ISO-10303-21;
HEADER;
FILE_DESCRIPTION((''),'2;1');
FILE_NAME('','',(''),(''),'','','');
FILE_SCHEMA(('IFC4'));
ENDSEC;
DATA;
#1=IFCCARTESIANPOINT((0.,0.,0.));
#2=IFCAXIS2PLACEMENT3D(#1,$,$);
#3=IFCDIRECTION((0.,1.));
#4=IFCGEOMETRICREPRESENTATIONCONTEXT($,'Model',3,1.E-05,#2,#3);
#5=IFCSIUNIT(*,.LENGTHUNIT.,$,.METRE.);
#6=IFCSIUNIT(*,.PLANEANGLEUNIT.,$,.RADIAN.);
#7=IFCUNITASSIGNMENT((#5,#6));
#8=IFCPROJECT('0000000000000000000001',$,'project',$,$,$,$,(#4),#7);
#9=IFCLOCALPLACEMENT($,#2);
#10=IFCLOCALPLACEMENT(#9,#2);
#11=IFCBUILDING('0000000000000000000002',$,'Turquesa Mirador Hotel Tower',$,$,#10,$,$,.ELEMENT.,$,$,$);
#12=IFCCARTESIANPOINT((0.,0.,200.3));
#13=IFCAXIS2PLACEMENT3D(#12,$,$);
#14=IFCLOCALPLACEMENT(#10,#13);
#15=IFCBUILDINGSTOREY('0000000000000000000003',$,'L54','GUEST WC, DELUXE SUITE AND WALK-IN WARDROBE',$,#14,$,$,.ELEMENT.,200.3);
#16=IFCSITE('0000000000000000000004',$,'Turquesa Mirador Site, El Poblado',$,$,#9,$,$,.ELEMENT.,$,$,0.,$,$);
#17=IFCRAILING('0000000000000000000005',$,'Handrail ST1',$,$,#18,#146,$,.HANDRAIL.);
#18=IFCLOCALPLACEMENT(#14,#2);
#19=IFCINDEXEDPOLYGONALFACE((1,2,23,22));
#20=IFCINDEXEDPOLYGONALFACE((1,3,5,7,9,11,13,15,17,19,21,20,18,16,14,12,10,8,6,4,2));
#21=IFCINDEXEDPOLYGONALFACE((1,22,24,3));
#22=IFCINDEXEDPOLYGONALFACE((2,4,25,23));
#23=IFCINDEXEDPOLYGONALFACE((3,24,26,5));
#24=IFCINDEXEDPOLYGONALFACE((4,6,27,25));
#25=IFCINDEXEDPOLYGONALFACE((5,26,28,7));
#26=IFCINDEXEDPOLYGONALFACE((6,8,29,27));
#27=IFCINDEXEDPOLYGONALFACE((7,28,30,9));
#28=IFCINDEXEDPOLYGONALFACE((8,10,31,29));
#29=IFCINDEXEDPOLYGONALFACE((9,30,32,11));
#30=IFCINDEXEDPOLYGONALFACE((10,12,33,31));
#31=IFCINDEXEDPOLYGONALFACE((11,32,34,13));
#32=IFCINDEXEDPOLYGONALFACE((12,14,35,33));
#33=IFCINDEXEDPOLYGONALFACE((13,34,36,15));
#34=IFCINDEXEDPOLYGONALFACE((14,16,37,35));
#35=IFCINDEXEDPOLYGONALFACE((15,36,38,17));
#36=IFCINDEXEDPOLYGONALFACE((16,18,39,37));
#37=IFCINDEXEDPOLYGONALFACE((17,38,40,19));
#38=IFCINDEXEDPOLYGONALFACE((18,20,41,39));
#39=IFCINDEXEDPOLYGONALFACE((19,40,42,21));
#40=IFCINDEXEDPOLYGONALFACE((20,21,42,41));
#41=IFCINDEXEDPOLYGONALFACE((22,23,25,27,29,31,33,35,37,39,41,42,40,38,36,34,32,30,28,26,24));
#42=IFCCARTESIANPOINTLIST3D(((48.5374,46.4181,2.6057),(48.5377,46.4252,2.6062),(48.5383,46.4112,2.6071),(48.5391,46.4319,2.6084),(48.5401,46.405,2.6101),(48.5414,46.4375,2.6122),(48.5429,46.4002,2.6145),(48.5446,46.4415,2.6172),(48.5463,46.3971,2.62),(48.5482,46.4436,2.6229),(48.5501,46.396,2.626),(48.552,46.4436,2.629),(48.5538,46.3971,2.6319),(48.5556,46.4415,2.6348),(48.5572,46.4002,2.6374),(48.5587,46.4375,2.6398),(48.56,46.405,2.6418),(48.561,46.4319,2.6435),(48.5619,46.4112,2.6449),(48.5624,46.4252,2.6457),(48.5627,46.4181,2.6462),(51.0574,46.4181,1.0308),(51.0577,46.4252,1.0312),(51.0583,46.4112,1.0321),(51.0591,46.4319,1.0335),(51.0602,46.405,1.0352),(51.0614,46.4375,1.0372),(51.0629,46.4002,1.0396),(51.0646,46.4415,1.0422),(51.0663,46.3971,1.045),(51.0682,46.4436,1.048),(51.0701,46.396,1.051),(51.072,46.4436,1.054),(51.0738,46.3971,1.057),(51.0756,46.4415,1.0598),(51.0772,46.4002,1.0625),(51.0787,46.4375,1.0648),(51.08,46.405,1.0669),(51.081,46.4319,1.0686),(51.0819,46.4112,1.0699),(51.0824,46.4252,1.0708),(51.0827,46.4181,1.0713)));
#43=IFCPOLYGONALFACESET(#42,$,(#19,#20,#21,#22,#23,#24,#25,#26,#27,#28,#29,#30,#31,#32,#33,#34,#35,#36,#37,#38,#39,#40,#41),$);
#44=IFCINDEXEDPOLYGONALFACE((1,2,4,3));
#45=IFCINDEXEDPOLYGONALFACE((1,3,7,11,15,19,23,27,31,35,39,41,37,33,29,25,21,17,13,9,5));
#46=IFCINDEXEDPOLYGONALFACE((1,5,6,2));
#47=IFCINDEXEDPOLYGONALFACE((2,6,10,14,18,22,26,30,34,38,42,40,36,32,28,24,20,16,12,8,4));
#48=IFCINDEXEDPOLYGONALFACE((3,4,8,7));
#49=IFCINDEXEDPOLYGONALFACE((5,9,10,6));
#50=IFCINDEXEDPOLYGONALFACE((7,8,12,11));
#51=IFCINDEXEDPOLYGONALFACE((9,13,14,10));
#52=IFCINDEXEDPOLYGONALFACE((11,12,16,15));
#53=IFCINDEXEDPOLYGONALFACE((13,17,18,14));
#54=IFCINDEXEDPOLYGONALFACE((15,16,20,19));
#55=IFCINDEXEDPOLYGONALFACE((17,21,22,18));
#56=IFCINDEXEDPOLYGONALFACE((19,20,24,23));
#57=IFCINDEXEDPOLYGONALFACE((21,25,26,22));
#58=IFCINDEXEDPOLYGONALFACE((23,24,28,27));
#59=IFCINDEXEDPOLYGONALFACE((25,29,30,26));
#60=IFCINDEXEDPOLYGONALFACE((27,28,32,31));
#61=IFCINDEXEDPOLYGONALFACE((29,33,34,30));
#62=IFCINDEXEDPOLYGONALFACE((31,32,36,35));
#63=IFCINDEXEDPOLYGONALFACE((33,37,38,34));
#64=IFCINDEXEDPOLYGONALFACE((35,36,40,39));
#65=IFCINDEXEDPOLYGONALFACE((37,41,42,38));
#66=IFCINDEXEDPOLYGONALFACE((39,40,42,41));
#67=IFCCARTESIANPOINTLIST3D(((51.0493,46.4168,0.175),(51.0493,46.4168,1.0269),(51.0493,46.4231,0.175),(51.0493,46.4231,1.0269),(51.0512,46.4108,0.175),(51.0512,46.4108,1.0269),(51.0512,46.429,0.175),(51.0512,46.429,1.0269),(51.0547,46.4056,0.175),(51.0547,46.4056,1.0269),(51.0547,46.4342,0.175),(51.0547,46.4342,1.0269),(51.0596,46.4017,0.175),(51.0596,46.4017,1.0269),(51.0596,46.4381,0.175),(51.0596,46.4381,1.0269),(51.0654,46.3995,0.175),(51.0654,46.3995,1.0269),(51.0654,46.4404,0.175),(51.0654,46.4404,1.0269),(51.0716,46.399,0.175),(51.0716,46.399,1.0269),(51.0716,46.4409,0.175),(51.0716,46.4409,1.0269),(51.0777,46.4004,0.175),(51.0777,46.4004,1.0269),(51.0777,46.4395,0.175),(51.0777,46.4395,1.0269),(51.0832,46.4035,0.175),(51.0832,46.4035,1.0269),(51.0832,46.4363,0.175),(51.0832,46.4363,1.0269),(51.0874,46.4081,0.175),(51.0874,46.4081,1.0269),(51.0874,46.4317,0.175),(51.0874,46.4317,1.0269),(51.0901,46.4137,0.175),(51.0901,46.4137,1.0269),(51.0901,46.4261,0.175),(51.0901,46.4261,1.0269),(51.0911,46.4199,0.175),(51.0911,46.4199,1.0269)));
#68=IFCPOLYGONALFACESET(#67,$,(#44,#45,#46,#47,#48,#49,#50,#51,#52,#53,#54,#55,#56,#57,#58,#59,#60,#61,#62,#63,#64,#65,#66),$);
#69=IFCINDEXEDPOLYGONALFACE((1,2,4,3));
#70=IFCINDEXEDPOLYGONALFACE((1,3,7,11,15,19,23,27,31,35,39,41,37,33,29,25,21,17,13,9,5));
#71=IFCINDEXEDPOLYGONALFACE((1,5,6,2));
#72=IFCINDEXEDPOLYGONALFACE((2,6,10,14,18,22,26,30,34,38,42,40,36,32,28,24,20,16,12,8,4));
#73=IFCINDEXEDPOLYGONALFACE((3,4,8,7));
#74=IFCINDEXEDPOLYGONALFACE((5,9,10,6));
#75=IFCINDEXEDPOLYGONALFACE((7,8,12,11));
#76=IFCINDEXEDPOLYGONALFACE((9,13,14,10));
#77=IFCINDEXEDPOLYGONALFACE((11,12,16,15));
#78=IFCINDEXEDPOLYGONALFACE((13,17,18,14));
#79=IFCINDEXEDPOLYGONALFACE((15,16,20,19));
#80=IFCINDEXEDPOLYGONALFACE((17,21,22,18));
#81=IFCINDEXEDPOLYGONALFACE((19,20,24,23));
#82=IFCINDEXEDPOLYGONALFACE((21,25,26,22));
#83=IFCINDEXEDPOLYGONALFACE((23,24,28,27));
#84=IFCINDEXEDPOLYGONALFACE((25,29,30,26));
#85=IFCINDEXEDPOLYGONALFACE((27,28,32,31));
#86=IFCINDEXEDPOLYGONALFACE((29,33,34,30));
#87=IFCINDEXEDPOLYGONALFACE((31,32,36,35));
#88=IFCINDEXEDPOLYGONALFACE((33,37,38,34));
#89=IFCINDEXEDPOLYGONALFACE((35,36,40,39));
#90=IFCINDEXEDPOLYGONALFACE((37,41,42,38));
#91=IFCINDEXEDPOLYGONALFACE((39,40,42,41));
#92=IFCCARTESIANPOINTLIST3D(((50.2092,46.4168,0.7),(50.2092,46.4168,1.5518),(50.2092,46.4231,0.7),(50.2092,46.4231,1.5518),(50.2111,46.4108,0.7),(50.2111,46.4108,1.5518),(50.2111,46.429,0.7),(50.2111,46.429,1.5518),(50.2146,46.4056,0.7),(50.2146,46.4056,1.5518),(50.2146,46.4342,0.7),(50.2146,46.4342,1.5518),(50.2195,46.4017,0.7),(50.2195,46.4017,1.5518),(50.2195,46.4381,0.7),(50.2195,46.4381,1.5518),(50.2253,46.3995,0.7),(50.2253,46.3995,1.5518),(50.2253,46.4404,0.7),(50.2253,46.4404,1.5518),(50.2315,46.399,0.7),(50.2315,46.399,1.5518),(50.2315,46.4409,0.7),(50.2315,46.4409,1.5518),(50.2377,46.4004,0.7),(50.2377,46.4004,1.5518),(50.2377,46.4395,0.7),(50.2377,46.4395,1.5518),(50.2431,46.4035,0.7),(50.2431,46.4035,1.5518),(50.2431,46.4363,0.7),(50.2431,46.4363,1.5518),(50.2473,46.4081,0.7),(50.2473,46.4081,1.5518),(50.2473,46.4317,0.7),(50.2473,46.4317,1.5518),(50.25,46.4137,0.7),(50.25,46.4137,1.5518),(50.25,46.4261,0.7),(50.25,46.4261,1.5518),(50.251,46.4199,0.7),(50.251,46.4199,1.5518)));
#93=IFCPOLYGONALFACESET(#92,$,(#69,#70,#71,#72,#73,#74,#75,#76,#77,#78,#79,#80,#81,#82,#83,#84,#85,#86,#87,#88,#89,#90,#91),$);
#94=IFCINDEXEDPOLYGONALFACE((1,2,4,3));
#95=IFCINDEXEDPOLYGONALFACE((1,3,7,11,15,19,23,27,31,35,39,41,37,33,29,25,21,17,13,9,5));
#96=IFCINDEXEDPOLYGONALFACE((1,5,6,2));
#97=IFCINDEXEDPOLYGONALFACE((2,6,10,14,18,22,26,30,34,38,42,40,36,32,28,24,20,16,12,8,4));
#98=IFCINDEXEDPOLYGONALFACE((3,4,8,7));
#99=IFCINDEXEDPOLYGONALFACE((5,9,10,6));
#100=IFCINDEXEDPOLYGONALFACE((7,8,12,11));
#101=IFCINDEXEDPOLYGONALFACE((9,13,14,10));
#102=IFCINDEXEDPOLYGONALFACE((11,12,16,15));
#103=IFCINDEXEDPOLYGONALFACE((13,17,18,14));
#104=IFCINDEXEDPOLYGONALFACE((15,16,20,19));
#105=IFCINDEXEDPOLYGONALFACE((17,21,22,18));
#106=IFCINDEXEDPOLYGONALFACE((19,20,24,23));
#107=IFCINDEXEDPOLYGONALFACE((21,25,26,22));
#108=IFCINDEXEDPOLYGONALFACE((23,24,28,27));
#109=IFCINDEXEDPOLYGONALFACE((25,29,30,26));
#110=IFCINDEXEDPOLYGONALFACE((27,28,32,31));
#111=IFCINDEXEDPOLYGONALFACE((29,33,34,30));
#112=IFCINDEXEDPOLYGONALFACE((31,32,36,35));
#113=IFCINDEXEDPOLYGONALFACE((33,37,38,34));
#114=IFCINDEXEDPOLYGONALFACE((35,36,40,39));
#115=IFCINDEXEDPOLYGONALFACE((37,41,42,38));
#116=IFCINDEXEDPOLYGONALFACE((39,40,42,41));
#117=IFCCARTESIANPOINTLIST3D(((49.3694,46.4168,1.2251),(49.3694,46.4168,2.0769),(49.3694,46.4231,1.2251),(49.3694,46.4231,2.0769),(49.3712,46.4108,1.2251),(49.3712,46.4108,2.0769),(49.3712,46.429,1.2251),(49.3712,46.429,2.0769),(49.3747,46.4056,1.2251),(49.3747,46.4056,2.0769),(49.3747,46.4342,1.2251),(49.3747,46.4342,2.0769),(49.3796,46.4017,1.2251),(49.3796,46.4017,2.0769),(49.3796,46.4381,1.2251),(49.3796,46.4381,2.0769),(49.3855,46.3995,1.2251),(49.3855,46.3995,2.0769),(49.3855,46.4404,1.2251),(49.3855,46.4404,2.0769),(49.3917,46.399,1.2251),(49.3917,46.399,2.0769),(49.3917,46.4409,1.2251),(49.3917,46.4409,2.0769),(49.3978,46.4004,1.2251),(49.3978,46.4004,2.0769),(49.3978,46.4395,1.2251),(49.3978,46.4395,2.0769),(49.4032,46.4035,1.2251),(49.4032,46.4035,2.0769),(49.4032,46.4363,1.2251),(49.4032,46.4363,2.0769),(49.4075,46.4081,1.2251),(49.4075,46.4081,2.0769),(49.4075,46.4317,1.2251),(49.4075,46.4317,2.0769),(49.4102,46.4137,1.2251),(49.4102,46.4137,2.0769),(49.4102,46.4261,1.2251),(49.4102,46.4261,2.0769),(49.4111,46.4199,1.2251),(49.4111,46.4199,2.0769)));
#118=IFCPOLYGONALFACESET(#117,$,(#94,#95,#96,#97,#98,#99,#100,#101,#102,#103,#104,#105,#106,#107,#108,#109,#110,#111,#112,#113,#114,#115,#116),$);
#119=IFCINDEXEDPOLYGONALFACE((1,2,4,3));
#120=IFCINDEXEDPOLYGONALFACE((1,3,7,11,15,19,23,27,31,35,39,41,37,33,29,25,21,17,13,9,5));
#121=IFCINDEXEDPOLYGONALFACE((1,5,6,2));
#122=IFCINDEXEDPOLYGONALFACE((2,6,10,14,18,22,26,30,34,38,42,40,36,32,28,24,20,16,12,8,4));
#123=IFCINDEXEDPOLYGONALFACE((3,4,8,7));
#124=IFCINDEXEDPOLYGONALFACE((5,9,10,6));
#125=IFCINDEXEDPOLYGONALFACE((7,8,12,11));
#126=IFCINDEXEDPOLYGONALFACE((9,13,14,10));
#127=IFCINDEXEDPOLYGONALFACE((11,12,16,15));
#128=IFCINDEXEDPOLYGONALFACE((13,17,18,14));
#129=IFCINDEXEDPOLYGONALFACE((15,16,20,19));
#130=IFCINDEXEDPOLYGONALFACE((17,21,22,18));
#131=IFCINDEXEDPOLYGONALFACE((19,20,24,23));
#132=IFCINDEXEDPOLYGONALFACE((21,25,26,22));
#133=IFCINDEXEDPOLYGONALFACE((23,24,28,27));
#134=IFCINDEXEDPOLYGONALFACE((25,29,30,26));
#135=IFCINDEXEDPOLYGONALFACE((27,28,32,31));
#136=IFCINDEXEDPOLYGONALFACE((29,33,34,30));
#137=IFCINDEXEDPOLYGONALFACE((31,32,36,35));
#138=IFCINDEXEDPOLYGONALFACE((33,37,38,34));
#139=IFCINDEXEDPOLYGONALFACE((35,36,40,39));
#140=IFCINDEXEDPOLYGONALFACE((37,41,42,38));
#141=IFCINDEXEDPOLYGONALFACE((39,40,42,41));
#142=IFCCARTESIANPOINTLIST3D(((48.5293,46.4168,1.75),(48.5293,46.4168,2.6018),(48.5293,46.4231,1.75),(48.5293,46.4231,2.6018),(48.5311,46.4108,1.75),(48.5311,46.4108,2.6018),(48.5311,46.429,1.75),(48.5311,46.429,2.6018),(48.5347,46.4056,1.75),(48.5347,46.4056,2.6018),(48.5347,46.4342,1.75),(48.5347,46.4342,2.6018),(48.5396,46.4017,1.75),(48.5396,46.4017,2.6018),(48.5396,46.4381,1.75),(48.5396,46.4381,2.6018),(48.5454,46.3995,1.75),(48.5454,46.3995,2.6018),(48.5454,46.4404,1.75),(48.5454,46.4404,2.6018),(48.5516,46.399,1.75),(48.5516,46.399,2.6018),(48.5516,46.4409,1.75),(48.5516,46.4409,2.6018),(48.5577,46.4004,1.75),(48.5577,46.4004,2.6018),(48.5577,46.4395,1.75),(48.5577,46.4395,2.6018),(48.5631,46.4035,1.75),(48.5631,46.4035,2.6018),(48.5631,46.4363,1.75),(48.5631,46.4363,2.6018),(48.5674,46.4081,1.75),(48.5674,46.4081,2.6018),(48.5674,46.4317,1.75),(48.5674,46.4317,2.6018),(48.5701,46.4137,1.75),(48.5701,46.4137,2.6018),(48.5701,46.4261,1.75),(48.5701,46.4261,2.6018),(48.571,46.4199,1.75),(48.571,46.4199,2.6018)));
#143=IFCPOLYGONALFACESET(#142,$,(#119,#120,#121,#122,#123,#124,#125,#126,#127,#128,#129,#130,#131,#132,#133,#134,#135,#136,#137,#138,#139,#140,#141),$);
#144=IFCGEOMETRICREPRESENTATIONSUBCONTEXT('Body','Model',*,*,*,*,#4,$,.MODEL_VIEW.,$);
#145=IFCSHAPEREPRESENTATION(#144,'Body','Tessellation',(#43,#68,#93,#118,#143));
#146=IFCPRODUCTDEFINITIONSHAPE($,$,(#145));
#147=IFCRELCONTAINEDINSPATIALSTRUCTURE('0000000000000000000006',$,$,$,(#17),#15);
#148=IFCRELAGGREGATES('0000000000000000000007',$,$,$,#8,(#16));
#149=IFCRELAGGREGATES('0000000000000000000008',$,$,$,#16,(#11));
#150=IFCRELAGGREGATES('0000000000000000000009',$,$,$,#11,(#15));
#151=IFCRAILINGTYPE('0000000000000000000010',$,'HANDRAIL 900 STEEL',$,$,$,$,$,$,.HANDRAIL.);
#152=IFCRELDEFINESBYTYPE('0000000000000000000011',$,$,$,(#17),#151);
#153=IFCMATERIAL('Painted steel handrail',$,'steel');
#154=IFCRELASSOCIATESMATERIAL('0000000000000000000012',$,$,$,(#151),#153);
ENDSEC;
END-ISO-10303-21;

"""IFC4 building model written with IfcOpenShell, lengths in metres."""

from ifc_helpers import new_model, si_unit, direction, frame, origin, origin_2d, place, context, subcontext, project, spatial, circle, extrude, material, type_object, element, save


model = new_model("IFC4")

# Units and contexts
model_context = context("Model", 3, precision=1e-05, world=origin(), true_north=direction((0.0, 1.0)))
body_context = subcontext(model_context, "Body", "Model", "MODEL_VIEW")
ifc_project = project(units=[si_unit("LENGTHUNIT", "METRE"), si_unit("PLANEANGLEUNIT", "RADIAN")], contexts=[model_context])

# Site, building, storey
site_placement = place(None, origin())
site = spatial("IfcSite", under=ifc_project, at=site_placement, Name="Turquesa Mirador Site, El Poblado", CompositionType="ELEMENT", RefElevation=0.0)
building_placement = place(site_placement, origin())
building = spatial("IfcBuilding", under=site, at=building_placement, Name="Turquesa Mirador Hotel Tower", CompositionType="ELEMENT")
storey_placement = place(building_placement, frame((0.0, 0.0, 200.3)))
storey = spatial("IfcBuildingStorey", under=building, at=storey_placement, Name="L54", Description="GUEST WC, DELUXE SUITE AND WALK-IN WARDROBE", CompositionType="ELEMENT", Elevation=200.3)

# Railing
ifc_material_1 = material(Name="Painted steel handrail", Category="steel")
railing_type = type_object("IfcRailingType", Name="HANDRAIL 900 STEEL", PredefinedType="HANDRAIL", material=ifc_material_1)
railing_1_placement = place(storey_placement, frame((51.0701, 46.4199, 0.175)))
element("IfcRailing", 1, at=railing_1_placement, inside=storey, type_object=railing_type, Name="Handrail ST1", PredefinedType="HANDRAIL", context=body_context, shape_type="SweptSolid", body=[
    extrude(circle(Radius=0.0239, at=origin_2d()), frame((0.0, 0.0, 0.876), z_axis=(-0.848008, 0.0, 0.529984), x_axis=(0.0, -1.0, 0.0)), (0.0, 0.0, 1.0), 2.9717),
    extrude(circle(Radius=0.021, at=origin_2d()), origin(), (0.0, 0.0, 1.0), 0.8518),
    extrude(circle(Radius=0.021, at=origin_2d()), frame((-0.8401, 0.0, 0.5249)), (0.0, 0.0, 1.0), 0.8518),
    extrude(circle(Radius=0.021, at=origin_2d()), frame((-1.6799, 0.0, 1.05)), (0.0, 0.0, 1.0), 0.8518),
    extrude(circle(Radius=0.021, at=origin_2d()), frame((-2.52, 0.0, 1.575)), (0.0, 0.0, 1.0), 0.8518),
])

save(model, "model.ifc")
